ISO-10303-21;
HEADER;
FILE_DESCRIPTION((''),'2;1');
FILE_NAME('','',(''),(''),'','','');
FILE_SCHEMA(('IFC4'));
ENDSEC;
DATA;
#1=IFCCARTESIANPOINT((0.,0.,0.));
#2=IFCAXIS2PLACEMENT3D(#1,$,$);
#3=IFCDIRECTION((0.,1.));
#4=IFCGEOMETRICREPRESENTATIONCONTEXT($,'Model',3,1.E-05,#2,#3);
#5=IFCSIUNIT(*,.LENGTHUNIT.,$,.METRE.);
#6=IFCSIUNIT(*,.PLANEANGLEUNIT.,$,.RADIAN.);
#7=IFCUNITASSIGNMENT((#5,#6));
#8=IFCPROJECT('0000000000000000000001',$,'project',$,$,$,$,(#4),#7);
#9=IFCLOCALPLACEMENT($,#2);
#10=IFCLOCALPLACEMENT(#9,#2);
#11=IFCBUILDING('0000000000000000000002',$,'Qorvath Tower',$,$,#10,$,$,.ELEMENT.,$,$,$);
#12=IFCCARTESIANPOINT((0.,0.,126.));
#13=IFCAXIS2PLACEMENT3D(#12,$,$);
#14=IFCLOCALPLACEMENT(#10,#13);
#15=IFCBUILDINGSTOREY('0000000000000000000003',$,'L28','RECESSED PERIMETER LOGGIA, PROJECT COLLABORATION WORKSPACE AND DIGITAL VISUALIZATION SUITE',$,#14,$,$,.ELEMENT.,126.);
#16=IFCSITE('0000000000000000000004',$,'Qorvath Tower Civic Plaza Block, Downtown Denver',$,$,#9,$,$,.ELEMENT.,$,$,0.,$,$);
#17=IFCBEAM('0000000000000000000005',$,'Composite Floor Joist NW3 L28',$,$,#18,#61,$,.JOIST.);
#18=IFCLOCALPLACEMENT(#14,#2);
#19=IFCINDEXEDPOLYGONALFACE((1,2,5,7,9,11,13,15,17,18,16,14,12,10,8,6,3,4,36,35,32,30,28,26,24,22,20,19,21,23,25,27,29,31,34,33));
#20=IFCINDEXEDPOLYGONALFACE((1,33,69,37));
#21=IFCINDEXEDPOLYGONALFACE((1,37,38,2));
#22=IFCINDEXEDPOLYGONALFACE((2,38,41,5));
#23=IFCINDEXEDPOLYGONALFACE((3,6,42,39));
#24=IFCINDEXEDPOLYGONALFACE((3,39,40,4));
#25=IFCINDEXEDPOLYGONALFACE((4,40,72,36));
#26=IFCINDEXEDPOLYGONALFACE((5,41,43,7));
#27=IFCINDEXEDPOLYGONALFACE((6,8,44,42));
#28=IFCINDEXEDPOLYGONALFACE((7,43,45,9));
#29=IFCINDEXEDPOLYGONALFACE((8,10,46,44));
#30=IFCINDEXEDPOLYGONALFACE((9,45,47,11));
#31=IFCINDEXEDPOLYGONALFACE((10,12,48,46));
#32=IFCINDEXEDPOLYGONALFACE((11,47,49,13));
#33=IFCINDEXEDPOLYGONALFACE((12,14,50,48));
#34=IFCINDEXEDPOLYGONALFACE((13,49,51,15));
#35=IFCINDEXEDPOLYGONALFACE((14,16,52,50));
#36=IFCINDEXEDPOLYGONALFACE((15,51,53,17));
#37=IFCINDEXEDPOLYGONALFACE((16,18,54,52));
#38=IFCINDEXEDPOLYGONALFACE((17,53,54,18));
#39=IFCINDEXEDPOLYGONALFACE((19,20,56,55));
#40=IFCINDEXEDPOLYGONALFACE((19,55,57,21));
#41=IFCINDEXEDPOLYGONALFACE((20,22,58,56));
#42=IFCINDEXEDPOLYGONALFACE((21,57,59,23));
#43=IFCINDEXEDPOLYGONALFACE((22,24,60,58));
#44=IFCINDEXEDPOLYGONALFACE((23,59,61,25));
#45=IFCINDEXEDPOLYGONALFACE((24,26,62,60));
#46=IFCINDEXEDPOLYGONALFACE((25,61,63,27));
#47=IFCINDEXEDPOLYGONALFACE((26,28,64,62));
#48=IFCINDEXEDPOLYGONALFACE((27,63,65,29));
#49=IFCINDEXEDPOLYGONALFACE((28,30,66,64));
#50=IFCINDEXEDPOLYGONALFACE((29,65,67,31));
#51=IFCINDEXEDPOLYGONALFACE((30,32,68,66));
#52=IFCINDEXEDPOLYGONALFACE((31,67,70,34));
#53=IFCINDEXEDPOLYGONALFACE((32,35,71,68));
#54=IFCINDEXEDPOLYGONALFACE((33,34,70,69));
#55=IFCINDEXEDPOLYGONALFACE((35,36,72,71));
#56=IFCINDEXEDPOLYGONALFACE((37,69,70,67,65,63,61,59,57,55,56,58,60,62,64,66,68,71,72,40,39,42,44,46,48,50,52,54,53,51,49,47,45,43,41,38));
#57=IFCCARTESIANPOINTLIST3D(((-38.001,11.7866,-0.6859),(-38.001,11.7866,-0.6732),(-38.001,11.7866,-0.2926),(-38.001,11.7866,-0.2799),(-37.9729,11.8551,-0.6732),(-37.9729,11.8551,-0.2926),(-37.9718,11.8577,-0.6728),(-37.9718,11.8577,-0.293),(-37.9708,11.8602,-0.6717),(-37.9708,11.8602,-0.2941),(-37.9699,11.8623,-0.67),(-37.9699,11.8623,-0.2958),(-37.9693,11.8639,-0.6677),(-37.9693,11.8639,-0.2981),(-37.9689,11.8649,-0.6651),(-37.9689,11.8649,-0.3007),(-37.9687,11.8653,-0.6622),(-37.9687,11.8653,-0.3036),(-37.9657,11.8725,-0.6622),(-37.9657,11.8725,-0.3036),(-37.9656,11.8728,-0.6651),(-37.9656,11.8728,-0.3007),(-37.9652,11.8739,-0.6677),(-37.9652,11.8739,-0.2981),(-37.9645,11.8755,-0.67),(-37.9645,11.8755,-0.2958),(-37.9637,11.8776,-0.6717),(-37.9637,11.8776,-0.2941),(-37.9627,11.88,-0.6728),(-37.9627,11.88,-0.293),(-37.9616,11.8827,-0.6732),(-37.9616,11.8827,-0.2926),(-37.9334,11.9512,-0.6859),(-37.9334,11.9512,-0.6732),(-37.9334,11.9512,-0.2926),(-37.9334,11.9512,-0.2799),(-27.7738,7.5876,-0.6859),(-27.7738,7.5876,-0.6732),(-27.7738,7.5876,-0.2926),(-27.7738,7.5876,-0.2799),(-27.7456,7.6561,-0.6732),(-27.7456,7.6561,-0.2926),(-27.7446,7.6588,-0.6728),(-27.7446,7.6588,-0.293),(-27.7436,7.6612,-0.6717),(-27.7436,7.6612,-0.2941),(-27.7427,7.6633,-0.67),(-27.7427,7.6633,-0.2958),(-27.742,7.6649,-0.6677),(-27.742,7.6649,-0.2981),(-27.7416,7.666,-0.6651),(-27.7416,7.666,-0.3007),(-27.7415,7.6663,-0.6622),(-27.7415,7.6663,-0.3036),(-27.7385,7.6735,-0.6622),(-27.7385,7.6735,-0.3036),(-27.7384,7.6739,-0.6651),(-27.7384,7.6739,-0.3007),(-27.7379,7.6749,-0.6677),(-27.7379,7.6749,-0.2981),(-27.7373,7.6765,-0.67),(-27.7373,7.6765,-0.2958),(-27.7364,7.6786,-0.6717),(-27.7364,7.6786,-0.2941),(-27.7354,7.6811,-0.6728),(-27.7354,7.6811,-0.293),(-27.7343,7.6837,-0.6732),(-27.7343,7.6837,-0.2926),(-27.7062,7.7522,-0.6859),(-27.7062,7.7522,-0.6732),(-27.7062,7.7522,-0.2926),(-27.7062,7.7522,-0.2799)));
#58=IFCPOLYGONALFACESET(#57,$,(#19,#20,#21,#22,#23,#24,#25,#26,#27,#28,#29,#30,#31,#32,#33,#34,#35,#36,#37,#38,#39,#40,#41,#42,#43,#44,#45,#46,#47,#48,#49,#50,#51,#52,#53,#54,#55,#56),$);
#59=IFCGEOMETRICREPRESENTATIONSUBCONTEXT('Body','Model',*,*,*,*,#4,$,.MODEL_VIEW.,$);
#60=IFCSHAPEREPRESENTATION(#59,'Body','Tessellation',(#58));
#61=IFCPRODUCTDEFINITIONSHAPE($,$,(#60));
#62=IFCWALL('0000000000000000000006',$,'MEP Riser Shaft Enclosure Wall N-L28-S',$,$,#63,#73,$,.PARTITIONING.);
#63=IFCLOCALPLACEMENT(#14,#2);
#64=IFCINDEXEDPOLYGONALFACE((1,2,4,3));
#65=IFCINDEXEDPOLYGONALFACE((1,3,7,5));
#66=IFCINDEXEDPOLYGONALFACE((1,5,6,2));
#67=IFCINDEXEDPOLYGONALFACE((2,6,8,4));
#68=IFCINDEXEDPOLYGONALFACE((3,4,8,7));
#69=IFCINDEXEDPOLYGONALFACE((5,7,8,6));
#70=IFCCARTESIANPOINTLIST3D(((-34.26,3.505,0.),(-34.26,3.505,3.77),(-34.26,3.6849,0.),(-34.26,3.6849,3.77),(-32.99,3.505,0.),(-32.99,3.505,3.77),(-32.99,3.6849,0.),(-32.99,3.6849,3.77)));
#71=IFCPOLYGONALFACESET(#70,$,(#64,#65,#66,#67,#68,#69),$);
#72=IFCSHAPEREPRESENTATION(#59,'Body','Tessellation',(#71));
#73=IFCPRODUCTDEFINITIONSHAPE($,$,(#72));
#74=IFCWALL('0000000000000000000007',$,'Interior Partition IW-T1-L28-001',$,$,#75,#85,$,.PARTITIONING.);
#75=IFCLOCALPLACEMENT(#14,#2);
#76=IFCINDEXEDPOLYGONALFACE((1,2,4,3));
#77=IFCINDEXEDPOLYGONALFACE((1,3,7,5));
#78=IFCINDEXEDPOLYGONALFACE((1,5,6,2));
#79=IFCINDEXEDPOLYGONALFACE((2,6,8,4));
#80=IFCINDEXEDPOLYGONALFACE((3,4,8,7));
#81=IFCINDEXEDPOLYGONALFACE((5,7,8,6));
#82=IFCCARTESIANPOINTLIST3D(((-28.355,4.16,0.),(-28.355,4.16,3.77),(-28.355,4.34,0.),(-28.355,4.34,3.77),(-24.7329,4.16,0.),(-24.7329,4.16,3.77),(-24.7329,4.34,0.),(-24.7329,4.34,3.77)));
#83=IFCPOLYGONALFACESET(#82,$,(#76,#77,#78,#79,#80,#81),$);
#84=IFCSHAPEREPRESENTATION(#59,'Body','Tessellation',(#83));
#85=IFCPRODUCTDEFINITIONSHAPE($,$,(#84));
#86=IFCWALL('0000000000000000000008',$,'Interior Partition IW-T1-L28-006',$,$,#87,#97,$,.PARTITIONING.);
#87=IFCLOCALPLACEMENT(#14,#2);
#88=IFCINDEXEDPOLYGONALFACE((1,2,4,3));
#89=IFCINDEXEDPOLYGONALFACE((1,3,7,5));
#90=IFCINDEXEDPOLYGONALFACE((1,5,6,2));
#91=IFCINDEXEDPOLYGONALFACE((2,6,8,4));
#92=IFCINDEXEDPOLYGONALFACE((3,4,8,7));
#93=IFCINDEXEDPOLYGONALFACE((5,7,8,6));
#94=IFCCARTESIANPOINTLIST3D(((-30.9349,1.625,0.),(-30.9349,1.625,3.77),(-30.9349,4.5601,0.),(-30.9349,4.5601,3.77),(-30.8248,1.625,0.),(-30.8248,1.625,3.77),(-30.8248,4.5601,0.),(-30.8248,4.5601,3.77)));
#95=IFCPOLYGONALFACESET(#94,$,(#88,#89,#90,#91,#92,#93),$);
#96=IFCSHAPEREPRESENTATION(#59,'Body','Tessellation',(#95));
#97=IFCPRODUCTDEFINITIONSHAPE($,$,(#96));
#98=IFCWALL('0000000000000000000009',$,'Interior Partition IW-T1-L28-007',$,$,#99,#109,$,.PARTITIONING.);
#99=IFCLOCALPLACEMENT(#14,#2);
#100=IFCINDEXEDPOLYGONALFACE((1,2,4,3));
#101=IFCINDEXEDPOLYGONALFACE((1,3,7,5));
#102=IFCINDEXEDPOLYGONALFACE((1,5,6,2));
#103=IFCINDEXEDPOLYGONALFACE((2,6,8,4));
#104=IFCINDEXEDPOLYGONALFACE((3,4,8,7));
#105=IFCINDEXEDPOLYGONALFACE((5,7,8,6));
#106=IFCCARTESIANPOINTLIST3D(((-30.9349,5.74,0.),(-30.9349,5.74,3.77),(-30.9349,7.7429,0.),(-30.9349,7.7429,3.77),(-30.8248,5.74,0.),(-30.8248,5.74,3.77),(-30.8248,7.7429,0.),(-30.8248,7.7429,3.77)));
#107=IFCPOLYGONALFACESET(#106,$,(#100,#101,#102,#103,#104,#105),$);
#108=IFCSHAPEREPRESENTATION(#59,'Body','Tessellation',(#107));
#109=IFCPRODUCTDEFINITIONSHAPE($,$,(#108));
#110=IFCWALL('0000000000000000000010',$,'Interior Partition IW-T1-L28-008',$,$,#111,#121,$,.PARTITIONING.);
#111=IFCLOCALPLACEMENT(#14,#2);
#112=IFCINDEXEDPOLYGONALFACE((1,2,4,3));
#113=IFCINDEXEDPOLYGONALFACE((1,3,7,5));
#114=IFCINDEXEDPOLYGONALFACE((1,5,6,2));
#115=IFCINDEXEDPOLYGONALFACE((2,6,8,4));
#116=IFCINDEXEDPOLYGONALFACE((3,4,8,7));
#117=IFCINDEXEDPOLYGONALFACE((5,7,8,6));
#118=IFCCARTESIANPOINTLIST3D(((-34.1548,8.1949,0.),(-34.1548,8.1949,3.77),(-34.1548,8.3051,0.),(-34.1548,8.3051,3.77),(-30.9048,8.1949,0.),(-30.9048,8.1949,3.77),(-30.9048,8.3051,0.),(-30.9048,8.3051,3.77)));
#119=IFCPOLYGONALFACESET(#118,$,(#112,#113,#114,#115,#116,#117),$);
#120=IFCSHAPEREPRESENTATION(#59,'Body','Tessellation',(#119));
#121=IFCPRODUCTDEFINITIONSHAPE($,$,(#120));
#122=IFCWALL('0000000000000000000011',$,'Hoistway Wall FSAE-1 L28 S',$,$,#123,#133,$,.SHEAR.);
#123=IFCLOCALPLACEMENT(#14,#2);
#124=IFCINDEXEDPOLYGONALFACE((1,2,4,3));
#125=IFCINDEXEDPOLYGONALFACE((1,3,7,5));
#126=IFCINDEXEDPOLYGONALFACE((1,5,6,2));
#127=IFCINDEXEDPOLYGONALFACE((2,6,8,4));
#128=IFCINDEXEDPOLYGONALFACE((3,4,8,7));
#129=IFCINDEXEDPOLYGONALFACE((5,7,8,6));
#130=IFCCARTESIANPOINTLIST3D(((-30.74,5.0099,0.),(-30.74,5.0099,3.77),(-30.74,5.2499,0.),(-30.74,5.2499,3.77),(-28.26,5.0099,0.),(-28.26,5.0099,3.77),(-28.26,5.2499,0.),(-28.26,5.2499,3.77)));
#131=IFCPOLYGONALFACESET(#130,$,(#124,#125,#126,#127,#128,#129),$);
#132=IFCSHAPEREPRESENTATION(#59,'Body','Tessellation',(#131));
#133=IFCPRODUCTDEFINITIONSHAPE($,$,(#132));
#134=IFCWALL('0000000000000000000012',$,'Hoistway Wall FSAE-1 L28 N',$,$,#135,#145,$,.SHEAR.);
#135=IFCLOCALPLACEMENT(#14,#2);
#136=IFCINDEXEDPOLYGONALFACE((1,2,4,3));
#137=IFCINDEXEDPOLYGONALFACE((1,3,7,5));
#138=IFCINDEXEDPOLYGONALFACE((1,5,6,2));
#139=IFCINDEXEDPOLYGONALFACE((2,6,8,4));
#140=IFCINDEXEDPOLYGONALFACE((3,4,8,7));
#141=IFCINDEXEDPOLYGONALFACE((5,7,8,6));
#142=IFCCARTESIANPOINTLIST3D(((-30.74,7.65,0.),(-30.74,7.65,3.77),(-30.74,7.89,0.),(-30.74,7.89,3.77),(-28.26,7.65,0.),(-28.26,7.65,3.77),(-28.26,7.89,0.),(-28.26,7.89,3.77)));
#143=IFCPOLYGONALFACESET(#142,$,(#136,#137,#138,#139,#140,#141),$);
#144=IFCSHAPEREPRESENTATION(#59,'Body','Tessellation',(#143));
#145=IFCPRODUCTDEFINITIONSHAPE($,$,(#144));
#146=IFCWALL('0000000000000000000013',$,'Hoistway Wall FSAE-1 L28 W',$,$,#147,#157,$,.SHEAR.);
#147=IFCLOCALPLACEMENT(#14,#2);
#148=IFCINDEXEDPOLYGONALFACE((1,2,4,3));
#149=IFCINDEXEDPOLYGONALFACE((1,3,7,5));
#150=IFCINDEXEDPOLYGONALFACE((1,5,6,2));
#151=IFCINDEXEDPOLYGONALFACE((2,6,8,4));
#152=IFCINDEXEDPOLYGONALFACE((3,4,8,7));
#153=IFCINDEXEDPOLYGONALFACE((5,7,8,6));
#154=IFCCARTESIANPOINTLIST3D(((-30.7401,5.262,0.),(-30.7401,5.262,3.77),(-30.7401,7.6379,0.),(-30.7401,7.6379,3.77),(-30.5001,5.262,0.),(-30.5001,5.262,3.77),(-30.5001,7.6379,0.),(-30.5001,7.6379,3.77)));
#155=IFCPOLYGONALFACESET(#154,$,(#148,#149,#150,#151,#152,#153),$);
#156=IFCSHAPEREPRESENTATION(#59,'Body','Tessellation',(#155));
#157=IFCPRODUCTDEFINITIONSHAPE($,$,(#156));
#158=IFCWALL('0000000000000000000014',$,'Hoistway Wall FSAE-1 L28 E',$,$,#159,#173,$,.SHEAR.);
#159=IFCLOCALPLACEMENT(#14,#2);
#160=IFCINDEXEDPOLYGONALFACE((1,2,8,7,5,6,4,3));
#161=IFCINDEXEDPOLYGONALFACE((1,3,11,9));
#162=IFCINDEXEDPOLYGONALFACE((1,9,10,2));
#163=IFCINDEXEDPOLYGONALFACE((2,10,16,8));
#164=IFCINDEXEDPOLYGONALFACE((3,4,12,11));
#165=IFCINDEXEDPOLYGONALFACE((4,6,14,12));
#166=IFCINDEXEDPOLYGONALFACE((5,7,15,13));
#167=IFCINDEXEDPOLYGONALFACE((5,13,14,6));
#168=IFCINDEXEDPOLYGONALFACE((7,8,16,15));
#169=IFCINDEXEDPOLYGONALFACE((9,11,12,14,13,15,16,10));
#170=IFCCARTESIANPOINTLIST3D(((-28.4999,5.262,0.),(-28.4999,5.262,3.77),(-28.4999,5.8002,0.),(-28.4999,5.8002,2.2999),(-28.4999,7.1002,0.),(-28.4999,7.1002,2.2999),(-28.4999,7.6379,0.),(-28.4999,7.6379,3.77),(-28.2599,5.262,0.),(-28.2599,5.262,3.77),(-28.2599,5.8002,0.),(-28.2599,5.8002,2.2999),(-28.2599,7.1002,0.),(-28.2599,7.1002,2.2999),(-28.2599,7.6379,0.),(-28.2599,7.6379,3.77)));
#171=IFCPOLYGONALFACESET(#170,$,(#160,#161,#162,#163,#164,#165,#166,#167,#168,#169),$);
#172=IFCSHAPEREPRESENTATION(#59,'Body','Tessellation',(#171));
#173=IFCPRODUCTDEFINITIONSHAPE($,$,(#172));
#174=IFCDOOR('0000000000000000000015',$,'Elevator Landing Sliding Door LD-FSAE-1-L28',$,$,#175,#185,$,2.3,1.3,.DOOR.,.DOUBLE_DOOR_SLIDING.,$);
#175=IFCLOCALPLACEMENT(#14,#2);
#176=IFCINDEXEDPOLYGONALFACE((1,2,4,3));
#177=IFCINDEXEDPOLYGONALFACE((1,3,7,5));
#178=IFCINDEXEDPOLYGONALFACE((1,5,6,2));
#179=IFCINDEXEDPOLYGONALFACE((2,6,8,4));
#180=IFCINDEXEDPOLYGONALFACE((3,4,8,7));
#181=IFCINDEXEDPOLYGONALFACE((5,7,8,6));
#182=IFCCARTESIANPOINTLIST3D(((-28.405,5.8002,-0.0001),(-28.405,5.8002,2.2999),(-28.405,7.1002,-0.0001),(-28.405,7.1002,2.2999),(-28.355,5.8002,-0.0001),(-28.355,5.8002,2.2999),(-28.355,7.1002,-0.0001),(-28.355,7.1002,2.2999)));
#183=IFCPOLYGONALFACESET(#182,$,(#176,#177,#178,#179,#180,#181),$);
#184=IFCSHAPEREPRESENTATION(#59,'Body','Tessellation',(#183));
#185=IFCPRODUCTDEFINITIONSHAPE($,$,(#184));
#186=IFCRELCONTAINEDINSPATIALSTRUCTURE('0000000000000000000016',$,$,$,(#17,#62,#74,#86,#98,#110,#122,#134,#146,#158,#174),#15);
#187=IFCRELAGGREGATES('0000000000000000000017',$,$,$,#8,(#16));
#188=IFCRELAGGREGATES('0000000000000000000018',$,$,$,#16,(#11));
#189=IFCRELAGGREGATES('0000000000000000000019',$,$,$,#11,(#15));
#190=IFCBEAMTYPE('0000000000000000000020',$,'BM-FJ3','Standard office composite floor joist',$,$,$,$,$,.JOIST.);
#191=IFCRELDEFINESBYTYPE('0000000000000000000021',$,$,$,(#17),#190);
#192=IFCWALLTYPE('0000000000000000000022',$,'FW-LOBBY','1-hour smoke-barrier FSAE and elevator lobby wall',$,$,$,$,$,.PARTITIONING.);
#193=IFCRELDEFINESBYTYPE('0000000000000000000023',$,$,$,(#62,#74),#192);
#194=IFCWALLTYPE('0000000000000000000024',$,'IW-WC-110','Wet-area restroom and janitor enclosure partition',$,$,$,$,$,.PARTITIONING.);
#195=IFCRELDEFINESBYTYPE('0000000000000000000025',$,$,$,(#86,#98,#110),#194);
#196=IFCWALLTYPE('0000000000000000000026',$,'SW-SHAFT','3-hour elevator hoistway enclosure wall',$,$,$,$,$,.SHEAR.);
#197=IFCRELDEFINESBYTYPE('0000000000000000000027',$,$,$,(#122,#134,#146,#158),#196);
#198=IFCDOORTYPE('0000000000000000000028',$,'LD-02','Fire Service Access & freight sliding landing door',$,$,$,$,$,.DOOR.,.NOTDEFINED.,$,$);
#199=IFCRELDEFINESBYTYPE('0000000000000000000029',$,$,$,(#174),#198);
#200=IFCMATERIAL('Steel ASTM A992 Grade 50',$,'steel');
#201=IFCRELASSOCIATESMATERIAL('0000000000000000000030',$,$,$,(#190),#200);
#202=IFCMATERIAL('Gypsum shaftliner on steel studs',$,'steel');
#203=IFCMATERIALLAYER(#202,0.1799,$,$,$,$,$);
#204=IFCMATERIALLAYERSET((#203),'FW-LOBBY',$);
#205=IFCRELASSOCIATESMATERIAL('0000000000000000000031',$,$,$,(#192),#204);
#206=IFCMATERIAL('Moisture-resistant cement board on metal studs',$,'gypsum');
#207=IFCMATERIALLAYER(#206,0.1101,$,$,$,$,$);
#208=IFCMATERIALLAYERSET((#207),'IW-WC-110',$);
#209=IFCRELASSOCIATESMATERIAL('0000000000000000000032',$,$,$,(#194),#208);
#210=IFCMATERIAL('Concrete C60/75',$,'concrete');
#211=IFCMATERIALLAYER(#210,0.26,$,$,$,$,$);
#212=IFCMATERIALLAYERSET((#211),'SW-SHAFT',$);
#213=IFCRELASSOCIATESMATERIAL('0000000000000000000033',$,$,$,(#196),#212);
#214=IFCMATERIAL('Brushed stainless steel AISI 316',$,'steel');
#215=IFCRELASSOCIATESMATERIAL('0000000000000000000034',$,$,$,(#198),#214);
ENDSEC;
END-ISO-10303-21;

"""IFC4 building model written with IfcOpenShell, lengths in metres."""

from ifc_helpers import new_model, si_unit, direction, frame, frame_2d, origin, origin_2d, place, context, subcontext, project, spatial, rectangle, i_section, extrude, material, layer, layer_set, material_profile, profile_set, type_object, element, fill, save


model = new_model("IFC4")

# Units and contexts
model_context = context("Model", 3, precision=1e-05, world=origin(), true_north=direction((0.0, 1.0)))
body_context = subcontext(model_context, "Body", "Model", "MODEL_VIEW")
ifc_project = project(units=[si_unit("LENGTHUNIT", "METRE"), si_unit("PLANEANGLEUNIT", "RADIAN")], contexts=[model_context])

# Site, building, storey
site_placement = place(None, origin())
site = spatial("IfcSite", under=ifc_project, at=site_placement, Name="Qorvath Tower Civic Plaza Block, Downtown Denver", CompositionType="ELEMENT", RefElevation=0.0)
building_placement = place(site_placement, origin())
building = spatial("IfcBuilding", under=site, at=building_placement, Name="Qorvath Tower", CompositionType="ELEMENT")
storey_placement = place(building_placement, frame((0.0, 0.0, 126.0)))
storey = spatial("IfcBuildingStorey", under=building, at=storey_placement, Name="L28", Description="RECESSED PERIMETER LOGGIA, PROJECT COLLABORATION WORKSPACE AND DIGITAL VISUALIZATION SUITE", CompositionType="ELEMENT", Elevation=126.0)

# Beam
ifc_material_1 = material(Name="Steel ASTM A992 Grade 50", Category="steel")
ifc_material_profile_1 = material_profile(ifc_material_1, i_section(OverallWidth=0.178, OverallDepth=0.406, WebThickness=0.0078, FlangeThickness=0.0127, FilletRadius=0.011, at=origin_2d()), Name="W16x40")
ifc_profile_set_1 = profile_set([ifc_material_profile_1], Name="Steel ASTM A992 Grade 50")
beam_type_1 = type_object("IfcBeamType", Name="BM-FJ3", Description="Standard office composite floor joist", PredefinedType="JOIST", material=ifc_profile_set_1)
beam_1_placement = place(storey_placement, frame((-27.74, 7.6699, -0.4829), z_axis=(-0.925068, 0.379801, 0.0), x_axis=(-0.379801, -0.925068, 0.0)))
element("IfcBeam", 1, at=beam_1_placement, inside=storey, type_object=beam_type_1, Name="Composite Floor Joist NW3 L28", PredefinedType="JOIST", context=body_context, shape_type="SweptSolid", body=[
    extrude(i_section(OverallWidth=0.178, OverallDepth=0.406, WebThickness=0.0078, FlangeThickness=0.0127, FilletRadius=0.011, at=origin_2d()), origin(), (0.0, 0.0, 1.0), 11.0557),
])

# Walls
ifc_material_2 = material(Name="Gypsum shaftliner on steel studs", Category="steel")
ifc_layer_1 = layer(ifc_material_2, 0.1799)
ifc_layer_set_1 = layer_set([ifc_layer_1], Name="FW-LOBBY")
wall_type_1 = type_object("IfcWallType", Name="FW-LOBBY", Description="1-hour smoke-barrier FSAE and elevator lobby wall", PredefinedType="PARTITIONING", material=ifc_layer_set_1)
wall_1_placement = place(storey_placement, frame((-32.99, 3.595, 0.0), z_axis=(0.0, 0.0, 1.0), x_axis=(-1.0, 0.0, 0.0)))
element("IfcWall", 2, at=wall_1_placement, inside=storey, type_object=wall_type_1, Name="MEP Riser Shaft Enclosure Wall N-L28-S", PredefinedType="PARTITIONING", context=body_context, shape_type="SweptSolid", body=[
    extrude(rectangle(XDim=1.27, YDim=0.1799, at=frame_2d((0.635, 0.0))), origin(), (0.0, 0.0, 1.0), 3.77),
])
wall_2_placement = place(storey_placement, frame((-28.355, 4.25, 0.0), z_axis=(0.0, 0.0, 1.0), x_axis=(1.0, 0.0, 0.0)))
element("IfcWall", 3, at=wall_2_placement, inside=storey, type_object=wall_type_1, Name="Interior Partition IW-T1-L28-001", PredefinedType="PARTITIONING", context=body_context, shape_type="SweptSolid", body=[
    extrude(rectangle(XDim=3.6221, YDim=0.1799, at=frame_2d((1.811, 0.0))), origin(), (0.0, 0.0, 1.0), 3.77),
])
ifc_material_3 = material(Name="Moisture-resistant cement board on metal studs", Category="gypsum")
ifc_layer_2 = layer(ifc_material_3, 0.1101)
ifc_layer_set_2 = layer_set([ifc_layer_2], Name="IW-WC-110")
wall_type_2 = type_object("IfcWallType", Name="IW-WC-110", Description="Wet-area restroom and janitor enclosure partition", PredefinedType="PARTITIONING", material=ifc_layer_set_2)
wall_3_placement = place(storey_placement, frame((-30.8799, 1.625, 0.0), z_axis=(0.0, 0.0, 1.0), x_axis=(0.0, 1.0, 0.0)))
element("IfcWall", 4, at=wall_3_placement, inside=storey, type_object=wall_type_2, Name="Interior Partition IW-T1-L28-006", PredefinedType="PARTITIONING", context=body_context, shape_type="SweptSolid", body=[
    extrude(rectangle(XDim=2.9351, YDim=0.1101, at=frame_2d((1.4675, 0.0))), origin(), (0.0, 0.0, 1.0), 3.77),
])
wall_4_placement = place(storey_placement, frame((-30.8799, 5.74, 0.0), z_axis=(0.0, 0.0, 1.0), x_axis=(0.0, 1.0, 0.0)))
element("IfcWall", 5, at=wall_4_placement, inside=storey, type_object=wall_type_2, Name="Interior Partition IW-T1-L28-007", PredefinedType="PARTITIONING", context=body_context, shape_type="SweptSolid", body=[
    extrude(rectangle(XDim=2.0029, YDim=0.1101, at=frame_2d((1.0015, 0.0))), origin(), (0.0, 0.0, 1.0), 3.77),
])
wall_5_placement = place(storey_placement, frame((-30.9048, 8.25, 0.0), z_axis=(0.0, 0.0, 1.0), x_axis=(-1.0, 0.0, 0.0)))
element("IfcWall", 6, at=wall_5_placement, inside=storey, type_object=wall_type_2, Name="Interior Partition IW-T1-L28-008", PredefinedType="PARTITIONING", context=body_context, shape_type="SweptSolid", body=[
    extrude(rectangle(XDim=3.25, YDim=0.1101, at=frame_2d((1.625, 0.0))), origin(), (0.0, 0.0, 1.0), 3.77),
])
ifc_material_4 = material(Name="Concrete C60/75", Category="concrete")
ifc_layer_3 = layer(ifc_material_4, 0.26)
ifc_layer_set_3 = layer_set([ifc_layer_3], Name="SW-SHAFT")
wall_type_3 = type_object("IfcWallType", Name="SW-SHAFT", Description="3-hour elevator hoistway enclosure wall", PredefinedType="SHEAR", material=ifc_layer_set_3)
for number, where, z_axis, x_axis, name in (
    (7, (-28.26, 5.1299, 0.0), (0.0, 0.0, 1.0), (-1.0, 0.0, 0.0), "Hoistway Wall FSAE-1 L28 S"),
    (8, (-30.74, 7.77, 0.0), (0.0, 0.0, 1.0), (1.0, 0.0, 0.0), "Hoistway Wall FSAE-1 L28 N"),
):
    element("IfcWall", number, at=place(storey_placement, frame(where, z_axis=z_axis, x_axis=x_axis)), inside=storey, type_object=wall_type_3, Name=name, PredefinedType="SHEAR", context=body_context, shape_type="SweptSolid", body=[
        extrude(rectangle(XDim=2.48, YDim=0.24, at=frame_2d((1.24, 0.0))), origin(), (0.0, 0.0, 1.0), 3.77),
    ])
wall_6_placement = place(storey_placement, frame((-30.6201, 5.262, 0.0), z_axis=(0.0, 0.0, 1.0), x_axis=(0.0, 1.0, 0.0)))
element("IfcWall", 9, at=wall_6_placement, inside=storey, type_object=wall_type_3, Name="Hoistway Wall FSAE-1 L28 W", PredefinedType="SHEAR", context=body_context, shape_type="SweptSolid", body=[
    extrude(rectangle(XDim=2.376, YDim=0.24, at=frame_2d((1.188, 0.0))), origin(), (0.0, 0.0, 1.0), 3.77),
])

# Wall, opening, door
wall_7_placement = place(storey_placement, frame((-28.3799, 7.6379, 0.0), z_axis=(0.0, 0.0, 1.0), x_axis=(0.0, -1.0, 0.0)))
wall_7 = element("IfcWall", 10, at=wall_7_placement, inside=storey, type_object=wall_type_3, Name="Hoistway Wall FSAE-1 L28 E", PredefinedType="SHEAR", context=body_context, shape_type="SweptSolid", body=[
    extrude(rectangle(XDim=2.376, YDim=0.24, at=frame_2d((1.188, 0.0))), origin(), (0.0, 0.0, 1.0), 3.77),
])
opening_1_placement = place(wall_7_placement, frame((0.5378, 0.0, 0.0)))
opening_1 = element("IfcOpeningElement", 11, at=opening_1_placement, cuts=wall_7, PredefinedType="OPENING", context=body_context, shape_type="SweptSolid", body=[
    extrude(rectangle(XDim=1.3, YDim=2.3, at=frame_2d((0.6499, 1.1499))), frame((0.0, 0.1299, 0.0), z_axis=(0.0, -1.0, 0.0), x_axis=(1.0, 0.0, 0.0)), (0.0, 0.0, 1.0), 0.26),
])
ifc_material_5 = material(Name="Brushed stainless steel AISI 316", Category="steel")
door_type_1 = type_object("IfcDoorType", Name="LD-02", Description="Fire Service Access & freight sliding landing door", OperationType="NOTDEFINED", PredefinedType="DOOR", material=ifc_material_5)
door_1_placement = place(opening_1_placement, origin())
door_1 = element("IfcDoor", 12, at=door_1_placement, inside=storey, type_object=door_type_1, Name="Elevator Landing Sliding Door LD-FSAE-1-L28", OperationType="DOUBLE_DOOR_SLIDING", OverallHeight=2.3, OverallWidth=1.3, PredefinedType="DOOR", context=body_context, shape_type="SweptSolid", body=[
    extrude(rectangle(XDim=1.3, YDim=2.3, at=frame_2d((0.6499, 1.1499))), frame((0.0, 0.0249, 0.0), z_axis=(0.0, -1.0, 0.0), x_axis=(1.0, 0.0, 0.0)), (0.0, 0.0, 1.0), 0.05),
])
fill(opening_1, door_1)

save(model, "model.ifc")
